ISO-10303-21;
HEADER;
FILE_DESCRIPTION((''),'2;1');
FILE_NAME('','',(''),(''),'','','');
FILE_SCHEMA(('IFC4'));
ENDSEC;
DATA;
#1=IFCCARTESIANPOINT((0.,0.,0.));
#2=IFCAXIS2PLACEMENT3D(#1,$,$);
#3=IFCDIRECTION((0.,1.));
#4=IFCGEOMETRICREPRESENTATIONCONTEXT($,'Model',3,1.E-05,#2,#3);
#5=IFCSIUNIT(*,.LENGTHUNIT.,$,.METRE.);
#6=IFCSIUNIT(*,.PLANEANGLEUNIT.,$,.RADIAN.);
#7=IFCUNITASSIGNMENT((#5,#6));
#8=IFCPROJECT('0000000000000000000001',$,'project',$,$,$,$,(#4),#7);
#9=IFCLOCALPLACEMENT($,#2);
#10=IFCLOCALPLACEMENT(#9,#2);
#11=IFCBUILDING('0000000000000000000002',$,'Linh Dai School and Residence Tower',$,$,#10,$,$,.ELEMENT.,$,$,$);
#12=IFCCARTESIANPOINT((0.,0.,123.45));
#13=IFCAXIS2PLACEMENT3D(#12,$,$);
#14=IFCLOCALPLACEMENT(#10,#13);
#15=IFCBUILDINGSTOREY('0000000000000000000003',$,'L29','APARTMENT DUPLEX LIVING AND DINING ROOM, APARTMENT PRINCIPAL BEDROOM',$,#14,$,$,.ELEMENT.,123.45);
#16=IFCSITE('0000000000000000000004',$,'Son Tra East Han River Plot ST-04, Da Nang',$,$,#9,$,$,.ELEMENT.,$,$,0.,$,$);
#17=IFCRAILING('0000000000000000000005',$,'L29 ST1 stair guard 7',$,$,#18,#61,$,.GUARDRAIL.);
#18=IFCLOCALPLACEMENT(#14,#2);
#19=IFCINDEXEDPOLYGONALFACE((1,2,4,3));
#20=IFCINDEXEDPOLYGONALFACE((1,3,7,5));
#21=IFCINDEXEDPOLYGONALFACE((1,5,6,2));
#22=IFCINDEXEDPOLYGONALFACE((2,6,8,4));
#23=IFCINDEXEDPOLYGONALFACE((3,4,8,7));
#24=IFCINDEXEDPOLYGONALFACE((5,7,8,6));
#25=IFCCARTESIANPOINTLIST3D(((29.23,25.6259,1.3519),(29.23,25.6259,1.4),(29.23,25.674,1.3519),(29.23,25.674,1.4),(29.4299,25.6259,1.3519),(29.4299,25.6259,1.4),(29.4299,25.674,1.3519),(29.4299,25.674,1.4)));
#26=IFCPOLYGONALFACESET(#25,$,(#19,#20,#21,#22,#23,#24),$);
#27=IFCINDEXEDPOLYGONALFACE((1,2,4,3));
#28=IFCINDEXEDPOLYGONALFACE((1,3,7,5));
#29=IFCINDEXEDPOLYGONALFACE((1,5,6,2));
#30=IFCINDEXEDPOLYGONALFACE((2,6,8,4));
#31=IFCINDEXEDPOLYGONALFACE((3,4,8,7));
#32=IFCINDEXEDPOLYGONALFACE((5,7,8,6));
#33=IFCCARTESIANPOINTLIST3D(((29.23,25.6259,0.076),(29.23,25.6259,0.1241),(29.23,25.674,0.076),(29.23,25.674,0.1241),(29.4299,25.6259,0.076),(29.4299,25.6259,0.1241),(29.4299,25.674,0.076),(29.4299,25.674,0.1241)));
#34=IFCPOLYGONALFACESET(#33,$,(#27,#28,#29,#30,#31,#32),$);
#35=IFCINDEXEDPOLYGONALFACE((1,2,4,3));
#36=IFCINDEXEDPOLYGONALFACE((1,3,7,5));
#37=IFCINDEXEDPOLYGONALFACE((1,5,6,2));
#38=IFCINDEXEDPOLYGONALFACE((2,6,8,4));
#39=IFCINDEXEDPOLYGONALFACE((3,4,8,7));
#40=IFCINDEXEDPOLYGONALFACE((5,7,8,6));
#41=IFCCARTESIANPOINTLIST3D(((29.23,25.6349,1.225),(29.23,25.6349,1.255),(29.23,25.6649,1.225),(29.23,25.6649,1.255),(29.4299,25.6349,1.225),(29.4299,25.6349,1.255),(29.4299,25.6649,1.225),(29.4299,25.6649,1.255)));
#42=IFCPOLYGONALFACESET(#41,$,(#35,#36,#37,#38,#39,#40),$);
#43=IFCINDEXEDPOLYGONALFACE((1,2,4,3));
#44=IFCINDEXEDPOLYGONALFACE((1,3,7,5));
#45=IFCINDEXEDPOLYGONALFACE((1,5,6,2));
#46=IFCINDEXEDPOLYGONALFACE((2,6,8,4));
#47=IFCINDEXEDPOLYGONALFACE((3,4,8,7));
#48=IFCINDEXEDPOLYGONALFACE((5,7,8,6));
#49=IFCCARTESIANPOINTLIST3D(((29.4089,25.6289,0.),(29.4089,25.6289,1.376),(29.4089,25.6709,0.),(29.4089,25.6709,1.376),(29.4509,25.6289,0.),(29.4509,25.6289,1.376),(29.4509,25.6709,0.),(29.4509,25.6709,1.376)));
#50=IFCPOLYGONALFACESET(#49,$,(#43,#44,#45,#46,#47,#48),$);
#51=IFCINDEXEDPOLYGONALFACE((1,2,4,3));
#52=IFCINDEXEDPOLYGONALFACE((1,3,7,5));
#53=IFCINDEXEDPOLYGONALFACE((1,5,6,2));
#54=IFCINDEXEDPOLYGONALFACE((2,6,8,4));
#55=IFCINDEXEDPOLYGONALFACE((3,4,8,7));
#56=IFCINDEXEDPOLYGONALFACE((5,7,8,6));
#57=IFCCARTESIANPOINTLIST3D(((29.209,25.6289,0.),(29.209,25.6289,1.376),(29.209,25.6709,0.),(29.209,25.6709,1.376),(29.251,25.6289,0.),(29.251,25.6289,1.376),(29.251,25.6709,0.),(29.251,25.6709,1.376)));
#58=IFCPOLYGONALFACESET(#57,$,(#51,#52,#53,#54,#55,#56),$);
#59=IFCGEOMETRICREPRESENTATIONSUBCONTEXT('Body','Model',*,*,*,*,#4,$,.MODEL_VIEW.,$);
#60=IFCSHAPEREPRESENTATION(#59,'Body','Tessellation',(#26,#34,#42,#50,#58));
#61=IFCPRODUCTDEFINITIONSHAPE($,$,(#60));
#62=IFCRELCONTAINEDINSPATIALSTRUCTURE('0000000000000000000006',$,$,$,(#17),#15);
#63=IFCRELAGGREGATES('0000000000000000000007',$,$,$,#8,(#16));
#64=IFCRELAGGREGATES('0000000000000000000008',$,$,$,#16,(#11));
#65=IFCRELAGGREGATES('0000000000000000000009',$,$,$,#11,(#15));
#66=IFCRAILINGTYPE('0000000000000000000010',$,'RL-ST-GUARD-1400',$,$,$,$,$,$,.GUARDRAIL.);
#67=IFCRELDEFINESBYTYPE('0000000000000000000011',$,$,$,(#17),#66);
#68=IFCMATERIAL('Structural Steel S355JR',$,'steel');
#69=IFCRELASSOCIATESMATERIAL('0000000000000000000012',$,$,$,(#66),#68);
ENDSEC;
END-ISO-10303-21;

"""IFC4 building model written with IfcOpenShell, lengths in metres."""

from ifc_helpers import new_model, si_unit, direction, frame, origin, origin_2d, place, context, subcontext, project, spatial, rectangle, extrude, source, transform, mapped, material, type_object, element, save


model = new_model("IFC4")

# Units and contexts
model_context = context("Model", 3, precision=1e-05, world=origin(), true_north=direction((0.0, 1.0)))
body_context = subcontext(model_context, "Body", "Model", "MODEL_VIEW")
ifc_project = project(units=[si_unit("LENGTHUNIT", "METRE"), si_unit("PLANEANGLEUNIT", "RADIAN")], contexts=[model_context])

# Site, building, storey
site_placement = place(None, origin())
site = spatial("IfcSite", under=ifc_project, at=site_placement, Name="Son Tra East Han River Plot ST-04, Da Nang", CompositionType="ELEMENT", RefElevation=0.0)
building_placement = place(site_placement, origin())
building = spatial("IfcBuilding", under=site, at=building_placement, Name="Linh Dai School and Residence Tower", CompositionType="ELEMENT")
storey_placement = place(building_placement, frame((0.0, 0.0, 123.45)))
storey = spatial("IfcBuildingStorey", under=building, at=storey_placement, Name="L29", Description="APARTMENT DUPLEX LIVING AND DINING ROOM, APARTMENT PRINCIPAL BEDROOM", CompositionType="ELEMENT", Elevation=123.45)

# Shared definitions
ifc_material_1 = material(Name="Structural Steel S355JR", Category="steel")

# Railing
railing_type = type_object("IfcRailingType", Name="RL-ST-GUARD-1400", PredefinedType="GUARDRAIL", material=ifc_material_1)
shared_shape_1 = source(origin(), body_context, "Body", "SweptSolid", [
    extrude(rectangle(XDim=0.0481, YDim=0.0481, at=origin_2d()), frame((0.0, 0.0, 1.376), z_axis=(-1.0, 0.0, 0.0), x_axis=(0.0, -1.0, 0.0)), (0.0, 0.0, 1.0), 0.2),
    extrude(rectangle(XDim=0.0481, YDim=0.0481, at=origin_2d()), frame((0.0, 0.0, 0.1001), z_axis=(-1.0, 0.0, 0.0), x_axis=(0.0, -1.0, 0.0)), (0.0, 0.0, 1.0), 0.2),
    extrude(rectangle(XDim=0.03, YDim=0.03, at=origin_2d()), frame((0.0, 0.0, 1.24), z_axis=(-1.0, 0.0, 0.0), x_axis=(0.0, -1.0, 0.0)), (0.0, 0.0, 1.0), 0.2),
    extrude(rectangle(XDim=0.042, YDim=0.042, at=origin_2d()), origin(), (0.0, 0.0, 1.0), 1.376),
    extrude(rectangle(XDim=0.042, YDim=0.042, at=origin_2d()), frame((-0.2, 0.0, 0.0)), (0.0, 0.0, 1.0), 1.376),
])
railing_1_placement = place(storey_placement, frame((29.4299, 25.6499, 0.0)))
element("IfcRailing", 1, at=railing_1_placement, inside=storey, type_object=railing_type, Name="L29 ST1 stair guard 7", PredefinedType="GUARDRAIL", context=body_context, shape_type="MappedRepresentation", body=[
    mapped(shared_shape_1, transform((0.0, 0.0, 0.0), x_axis=(1.0, 0.0, 0.0), y_axis=(0.0, 1.0, 0.0), z_axis=(0.0, 0.0, 1.0), scale=1.0)),
])

save(model, "model.ifc")
